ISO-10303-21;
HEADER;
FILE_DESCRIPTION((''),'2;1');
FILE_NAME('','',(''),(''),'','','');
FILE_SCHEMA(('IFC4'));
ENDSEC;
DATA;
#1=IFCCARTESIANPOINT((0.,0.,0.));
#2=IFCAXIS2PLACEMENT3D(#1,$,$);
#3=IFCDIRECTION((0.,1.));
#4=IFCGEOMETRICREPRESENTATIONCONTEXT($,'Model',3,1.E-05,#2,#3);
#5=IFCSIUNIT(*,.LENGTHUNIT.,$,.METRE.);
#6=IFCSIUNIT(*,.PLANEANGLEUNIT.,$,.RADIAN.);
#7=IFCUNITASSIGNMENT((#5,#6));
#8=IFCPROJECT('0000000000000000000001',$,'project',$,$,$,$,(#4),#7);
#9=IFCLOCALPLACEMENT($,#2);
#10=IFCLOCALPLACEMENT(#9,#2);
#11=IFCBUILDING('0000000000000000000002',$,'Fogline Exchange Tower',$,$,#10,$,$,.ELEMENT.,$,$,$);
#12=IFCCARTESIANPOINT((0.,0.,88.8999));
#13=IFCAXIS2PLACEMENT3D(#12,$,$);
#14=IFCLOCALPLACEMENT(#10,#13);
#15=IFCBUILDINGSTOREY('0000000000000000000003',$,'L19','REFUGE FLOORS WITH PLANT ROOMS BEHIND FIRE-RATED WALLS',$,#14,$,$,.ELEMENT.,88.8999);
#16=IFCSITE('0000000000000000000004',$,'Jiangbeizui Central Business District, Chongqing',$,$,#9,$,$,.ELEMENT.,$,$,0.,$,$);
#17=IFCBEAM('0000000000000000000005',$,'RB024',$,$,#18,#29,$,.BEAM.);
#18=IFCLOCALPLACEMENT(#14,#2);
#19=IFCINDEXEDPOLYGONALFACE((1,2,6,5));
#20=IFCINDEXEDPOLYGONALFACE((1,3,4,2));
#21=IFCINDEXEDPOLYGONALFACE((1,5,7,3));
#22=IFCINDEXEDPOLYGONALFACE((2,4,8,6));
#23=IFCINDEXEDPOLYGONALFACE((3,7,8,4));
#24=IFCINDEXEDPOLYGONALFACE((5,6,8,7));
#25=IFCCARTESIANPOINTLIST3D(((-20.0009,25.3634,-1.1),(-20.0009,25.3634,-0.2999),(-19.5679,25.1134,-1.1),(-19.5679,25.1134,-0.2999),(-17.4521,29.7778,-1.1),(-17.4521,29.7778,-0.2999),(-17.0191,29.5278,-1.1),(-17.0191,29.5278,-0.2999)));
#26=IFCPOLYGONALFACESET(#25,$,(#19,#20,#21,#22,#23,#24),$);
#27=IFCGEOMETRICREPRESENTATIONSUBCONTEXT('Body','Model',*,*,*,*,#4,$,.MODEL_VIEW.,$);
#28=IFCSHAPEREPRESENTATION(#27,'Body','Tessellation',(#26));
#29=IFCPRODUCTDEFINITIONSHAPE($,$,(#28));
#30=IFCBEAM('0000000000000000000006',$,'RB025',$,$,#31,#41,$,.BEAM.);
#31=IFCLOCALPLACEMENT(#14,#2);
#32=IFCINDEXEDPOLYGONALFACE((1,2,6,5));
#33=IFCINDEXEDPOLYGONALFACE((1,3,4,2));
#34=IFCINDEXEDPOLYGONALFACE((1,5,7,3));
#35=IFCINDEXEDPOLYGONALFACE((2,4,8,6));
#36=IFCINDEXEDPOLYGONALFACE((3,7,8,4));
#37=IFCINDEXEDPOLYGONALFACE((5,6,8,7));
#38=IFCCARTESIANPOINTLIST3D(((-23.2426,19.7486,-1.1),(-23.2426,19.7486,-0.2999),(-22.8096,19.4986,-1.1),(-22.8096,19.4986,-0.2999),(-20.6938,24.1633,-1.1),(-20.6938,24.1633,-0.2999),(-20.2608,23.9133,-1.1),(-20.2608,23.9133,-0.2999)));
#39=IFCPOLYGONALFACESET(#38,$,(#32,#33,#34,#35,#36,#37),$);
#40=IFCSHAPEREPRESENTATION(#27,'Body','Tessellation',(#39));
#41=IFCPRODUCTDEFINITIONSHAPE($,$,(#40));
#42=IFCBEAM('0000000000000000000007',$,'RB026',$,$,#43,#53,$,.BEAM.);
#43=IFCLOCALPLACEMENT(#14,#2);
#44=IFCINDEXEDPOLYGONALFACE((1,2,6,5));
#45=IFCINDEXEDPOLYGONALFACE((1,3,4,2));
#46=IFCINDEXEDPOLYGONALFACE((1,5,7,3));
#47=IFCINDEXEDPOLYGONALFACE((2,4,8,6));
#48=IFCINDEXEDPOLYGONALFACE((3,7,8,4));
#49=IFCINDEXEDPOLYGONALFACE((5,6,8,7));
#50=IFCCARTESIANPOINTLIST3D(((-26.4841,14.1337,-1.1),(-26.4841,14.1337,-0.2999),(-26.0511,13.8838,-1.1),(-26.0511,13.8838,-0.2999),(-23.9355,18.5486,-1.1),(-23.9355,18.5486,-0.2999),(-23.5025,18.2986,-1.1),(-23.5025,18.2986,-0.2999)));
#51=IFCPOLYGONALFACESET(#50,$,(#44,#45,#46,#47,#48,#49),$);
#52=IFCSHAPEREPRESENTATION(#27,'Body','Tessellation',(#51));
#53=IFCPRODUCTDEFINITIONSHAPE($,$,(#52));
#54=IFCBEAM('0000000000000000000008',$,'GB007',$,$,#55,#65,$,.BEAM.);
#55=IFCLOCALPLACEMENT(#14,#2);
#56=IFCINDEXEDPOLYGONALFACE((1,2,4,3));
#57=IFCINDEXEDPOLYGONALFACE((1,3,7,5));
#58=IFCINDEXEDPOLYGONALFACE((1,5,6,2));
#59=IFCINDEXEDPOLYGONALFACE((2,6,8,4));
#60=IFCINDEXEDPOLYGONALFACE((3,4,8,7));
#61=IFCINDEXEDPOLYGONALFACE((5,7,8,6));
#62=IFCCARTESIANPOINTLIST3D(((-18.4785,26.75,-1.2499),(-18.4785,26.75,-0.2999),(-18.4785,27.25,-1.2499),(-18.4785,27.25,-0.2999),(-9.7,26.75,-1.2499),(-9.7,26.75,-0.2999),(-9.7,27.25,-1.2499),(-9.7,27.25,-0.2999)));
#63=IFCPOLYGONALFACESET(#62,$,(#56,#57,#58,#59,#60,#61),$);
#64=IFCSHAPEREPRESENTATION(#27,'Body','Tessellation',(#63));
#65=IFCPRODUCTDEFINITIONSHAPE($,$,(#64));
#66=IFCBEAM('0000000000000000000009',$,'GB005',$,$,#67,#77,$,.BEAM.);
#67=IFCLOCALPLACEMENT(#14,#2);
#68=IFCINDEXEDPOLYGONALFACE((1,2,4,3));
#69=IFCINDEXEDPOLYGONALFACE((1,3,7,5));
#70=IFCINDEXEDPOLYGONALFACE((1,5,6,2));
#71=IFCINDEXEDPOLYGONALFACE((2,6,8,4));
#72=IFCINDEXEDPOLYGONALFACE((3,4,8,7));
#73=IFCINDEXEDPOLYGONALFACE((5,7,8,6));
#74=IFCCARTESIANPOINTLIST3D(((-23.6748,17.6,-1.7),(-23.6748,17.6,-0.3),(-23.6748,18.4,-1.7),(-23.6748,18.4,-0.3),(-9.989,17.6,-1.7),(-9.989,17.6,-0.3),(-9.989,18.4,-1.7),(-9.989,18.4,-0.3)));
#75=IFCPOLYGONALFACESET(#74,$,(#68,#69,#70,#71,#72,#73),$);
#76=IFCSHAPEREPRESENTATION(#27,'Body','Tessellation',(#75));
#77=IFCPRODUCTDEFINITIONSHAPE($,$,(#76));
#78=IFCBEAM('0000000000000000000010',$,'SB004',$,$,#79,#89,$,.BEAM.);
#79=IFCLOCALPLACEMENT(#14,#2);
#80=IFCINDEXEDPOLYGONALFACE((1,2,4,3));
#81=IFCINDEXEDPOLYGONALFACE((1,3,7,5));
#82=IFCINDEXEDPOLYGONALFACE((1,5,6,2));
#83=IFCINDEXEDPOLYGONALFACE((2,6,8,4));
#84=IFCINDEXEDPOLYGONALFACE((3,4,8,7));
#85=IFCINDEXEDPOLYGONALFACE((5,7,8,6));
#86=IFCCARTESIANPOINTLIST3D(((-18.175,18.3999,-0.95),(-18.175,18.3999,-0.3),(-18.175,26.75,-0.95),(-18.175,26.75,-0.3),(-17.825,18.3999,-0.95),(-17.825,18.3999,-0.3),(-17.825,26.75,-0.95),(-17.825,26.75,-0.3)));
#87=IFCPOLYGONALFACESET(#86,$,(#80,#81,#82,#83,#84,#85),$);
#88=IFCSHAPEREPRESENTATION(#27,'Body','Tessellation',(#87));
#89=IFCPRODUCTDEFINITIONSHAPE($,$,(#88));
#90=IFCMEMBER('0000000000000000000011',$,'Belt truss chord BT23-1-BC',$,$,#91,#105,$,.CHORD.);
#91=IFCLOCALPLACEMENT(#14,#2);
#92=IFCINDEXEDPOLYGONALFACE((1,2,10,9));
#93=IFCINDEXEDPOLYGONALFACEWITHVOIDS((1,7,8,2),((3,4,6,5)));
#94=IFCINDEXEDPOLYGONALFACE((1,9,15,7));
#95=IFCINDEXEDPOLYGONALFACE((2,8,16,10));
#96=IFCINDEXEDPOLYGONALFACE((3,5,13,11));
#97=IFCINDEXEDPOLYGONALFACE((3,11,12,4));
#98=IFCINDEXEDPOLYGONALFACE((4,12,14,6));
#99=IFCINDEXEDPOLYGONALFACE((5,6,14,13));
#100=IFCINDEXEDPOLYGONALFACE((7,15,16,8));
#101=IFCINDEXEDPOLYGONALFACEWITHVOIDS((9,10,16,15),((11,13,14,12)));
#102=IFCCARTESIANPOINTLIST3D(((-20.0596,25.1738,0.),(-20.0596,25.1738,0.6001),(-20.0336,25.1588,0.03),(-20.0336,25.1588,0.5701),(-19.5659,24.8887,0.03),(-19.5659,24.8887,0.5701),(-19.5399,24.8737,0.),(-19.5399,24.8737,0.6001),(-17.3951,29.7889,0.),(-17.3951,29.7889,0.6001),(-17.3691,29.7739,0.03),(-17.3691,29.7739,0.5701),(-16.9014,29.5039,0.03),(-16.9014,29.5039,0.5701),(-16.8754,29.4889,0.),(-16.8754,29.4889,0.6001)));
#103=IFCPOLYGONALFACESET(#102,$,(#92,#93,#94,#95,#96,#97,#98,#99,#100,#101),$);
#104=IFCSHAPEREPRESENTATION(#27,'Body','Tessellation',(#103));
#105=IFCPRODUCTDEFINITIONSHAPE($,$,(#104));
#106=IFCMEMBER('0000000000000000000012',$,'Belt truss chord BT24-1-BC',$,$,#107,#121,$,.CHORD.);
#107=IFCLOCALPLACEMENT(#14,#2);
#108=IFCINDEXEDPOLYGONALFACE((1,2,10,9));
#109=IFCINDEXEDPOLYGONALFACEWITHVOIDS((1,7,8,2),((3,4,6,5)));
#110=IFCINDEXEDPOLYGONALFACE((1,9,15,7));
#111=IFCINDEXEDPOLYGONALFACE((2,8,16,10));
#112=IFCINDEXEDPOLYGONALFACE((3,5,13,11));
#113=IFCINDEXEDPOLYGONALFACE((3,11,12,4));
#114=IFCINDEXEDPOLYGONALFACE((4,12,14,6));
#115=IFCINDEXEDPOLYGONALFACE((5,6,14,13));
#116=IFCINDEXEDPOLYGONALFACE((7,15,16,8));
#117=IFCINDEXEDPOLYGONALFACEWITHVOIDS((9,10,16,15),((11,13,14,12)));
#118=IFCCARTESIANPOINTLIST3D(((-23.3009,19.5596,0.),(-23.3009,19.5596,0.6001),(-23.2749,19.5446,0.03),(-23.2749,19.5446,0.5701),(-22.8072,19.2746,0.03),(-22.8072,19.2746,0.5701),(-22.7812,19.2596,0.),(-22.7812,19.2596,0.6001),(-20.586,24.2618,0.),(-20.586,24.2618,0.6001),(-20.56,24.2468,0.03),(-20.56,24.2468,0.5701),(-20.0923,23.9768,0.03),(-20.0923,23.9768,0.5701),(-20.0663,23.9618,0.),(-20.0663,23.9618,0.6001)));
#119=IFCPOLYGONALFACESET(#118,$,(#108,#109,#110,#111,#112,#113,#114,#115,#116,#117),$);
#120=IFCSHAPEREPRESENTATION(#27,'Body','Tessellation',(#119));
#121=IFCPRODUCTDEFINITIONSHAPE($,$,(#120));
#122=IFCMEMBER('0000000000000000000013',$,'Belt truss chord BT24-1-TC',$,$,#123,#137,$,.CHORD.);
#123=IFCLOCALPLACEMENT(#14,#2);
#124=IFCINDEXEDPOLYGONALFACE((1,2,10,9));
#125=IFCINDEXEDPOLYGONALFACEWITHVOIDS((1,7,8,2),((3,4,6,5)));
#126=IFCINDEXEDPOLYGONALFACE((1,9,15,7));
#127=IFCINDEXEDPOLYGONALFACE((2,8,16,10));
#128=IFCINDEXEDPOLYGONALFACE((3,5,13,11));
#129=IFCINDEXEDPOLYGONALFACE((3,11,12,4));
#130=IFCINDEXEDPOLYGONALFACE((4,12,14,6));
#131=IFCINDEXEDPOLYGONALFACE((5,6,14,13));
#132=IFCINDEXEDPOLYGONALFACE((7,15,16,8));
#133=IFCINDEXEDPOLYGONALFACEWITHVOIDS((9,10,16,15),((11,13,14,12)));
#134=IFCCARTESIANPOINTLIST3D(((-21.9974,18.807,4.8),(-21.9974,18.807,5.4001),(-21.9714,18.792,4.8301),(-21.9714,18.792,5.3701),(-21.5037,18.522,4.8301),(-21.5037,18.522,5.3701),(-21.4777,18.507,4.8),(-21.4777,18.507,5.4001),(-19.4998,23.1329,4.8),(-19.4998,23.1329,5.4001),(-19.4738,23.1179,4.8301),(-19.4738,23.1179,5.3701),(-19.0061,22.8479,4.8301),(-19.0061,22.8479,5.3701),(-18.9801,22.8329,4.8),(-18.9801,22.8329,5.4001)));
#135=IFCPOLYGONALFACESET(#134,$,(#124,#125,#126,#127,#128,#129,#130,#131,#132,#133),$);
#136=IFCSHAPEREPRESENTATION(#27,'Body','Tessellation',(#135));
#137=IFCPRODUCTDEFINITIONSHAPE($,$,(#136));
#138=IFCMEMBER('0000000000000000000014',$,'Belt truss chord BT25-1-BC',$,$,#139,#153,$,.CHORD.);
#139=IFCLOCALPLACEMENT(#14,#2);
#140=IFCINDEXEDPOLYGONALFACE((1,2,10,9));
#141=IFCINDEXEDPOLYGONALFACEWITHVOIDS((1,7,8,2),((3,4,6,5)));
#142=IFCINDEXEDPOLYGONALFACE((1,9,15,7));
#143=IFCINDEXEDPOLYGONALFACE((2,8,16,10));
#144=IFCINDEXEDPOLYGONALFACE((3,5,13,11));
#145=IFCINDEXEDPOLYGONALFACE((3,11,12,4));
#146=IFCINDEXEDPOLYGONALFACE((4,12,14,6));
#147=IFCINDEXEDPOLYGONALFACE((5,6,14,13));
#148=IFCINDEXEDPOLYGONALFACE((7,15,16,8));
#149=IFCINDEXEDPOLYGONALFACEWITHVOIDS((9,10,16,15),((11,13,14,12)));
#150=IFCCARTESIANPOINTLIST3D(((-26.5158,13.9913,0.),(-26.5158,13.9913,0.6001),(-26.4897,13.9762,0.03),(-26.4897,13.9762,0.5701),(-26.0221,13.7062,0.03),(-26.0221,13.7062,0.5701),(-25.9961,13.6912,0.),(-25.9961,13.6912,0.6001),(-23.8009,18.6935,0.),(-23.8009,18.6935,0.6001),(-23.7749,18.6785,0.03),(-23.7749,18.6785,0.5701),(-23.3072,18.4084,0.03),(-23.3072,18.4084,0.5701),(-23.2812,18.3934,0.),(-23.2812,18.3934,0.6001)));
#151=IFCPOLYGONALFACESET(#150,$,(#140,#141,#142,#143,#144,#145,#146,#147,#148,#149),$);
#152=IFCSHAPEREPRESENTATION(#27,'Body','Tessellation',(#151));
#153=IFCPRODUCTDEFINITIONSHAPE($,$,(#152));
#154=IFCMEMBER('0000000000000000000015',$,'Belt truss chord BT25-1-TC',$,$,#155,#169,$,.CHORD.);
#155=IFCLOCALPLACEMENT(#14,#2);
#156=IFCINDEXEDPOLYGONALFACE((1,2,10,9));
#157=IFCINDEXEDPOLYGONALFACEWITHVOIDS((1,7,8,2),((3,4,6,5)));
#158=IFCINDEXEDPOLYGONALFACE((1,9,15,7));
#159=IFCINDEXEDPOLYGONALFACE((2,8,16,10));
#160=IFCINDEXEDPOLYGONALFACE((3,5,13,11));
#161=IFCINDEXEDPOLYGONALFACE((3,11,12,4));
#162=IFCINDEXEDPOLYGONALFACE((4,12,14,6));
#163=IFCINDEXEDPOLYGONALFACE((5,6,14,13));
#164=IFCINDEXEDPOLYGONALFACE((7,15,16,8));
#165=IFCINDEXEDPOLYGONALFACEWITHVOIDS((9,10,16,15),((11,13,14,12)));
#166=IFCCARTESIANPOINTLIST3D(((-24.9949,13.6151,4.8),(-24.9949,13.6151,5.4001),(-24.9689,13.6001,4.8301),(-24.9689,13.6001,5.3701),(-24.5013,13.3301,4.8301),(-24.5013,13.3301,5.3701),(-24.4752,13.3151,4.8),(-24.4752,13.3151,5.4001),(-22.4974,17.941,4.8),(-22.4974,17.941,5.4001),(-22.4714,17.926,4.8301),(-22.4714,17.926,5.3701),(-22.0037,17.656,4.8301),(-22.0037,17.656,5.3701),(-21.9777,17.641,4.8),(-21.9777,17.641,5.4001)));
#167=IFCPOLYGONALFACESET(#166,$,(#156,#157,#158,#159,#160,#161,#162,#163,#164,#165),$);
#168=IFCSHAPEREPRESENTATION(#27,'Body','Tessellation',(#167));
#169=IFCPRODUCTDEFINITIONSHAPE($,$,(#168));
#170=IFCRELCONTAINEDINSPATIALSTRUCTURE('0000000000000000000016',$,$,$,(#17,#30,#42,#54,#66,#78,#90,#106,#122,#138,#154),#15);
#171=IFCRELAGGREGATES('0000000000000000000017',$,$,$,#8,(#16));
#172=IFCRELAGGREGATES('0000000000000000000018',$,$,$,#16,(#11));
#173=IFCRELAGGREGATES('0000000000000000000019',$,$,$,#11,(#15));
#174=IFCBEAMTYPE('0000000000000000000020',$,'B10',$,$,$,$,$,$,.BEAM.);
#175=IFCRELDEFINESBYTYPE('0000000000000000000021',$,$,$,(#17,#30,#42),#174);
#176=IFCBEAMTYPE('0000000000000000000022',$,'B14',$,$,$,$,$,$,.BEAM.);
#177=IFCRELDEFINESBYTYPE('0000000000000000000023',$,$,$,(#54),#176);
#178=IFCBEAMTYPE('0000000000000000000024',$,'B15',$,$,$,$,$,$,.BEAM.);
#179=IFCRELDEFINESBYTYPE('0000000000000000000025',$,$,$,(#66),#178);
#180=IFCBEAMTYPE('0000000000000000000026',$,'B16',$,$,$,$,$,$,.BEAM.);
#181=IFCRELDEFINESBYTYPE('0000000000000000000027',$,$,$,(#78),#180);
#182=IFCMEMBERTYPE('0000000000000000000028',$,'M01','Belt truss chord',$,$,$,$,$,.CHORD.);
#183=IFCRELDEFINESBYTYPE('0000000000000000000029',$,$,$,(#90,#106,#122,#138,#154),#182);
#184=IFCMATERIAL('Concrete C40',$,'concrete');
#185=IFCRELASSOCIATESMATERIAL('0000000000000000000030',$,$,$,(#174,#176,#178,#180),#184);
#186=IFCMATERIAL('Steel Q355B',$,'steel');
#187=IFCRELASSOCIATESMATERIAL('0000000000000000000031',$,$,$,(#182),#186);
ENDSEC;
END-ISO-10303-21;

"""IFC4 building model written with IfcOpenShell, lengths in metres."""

from ifc_helpers import new_model, si_unit, direction, frame, origin, origin_2d, place, context, subcontext, project, spatial, rectangle, hollow_rectangle, extrude, material, material_profile, profile_set, type_object, element, save


model = new_model("IFC4")

# Units and contexts
model_context = context("Model", 3, precision=1e-05, world=origin(), true_north=direction((0.0, 1.0)))
body_context = subcontext(model_context, "Body", "Model", "MODEL_VIEW")
ifc_project = project(units=[si_unit("LENGTHUNIT", "METRE"), si_unit("PLANEANGLEUNIT", "RADIAN")], contexts=[model_context])

# Site, building, storey
site_placement = place(None, origin())
site = spatial("IfcSite", under=ifc_project, at=site_placement, Name="Jiangbeizui Central Business District, Chongqing", CompositionType="ELEMENT", RefElevation=0.0)
building_placement = place(site_placement, origin())
building = spatial("IfcBuilding", under=site, at=building_placement, Name="Fogline Exchange Tower", CompositionType="ELEMENT")
storey_placement = place(building_placement, frame((0.0, 0.0, 88.8999)))
storey = spatial("IfcBuildingStorey", under=building, at=storey_placement, Name="L19", Description="REFUGE FLOORS WITH PLANT ROOMS BEHIND FIRE-RATED WALLS", CompositionType="ELEMENT", Elevation=88.8999)

# Beams
ifc_material_1 = material(Name="Concrete C40", Category="concrete")
ifc_material_profile_1 = material_profile(ifc_material_1, rectangle(XDim=0.5, YDim=0.8, at=origin_2d()), Name="RC 500x800")
ifc_profile_set_1 = profile_set([ifc_material_profile_1], Name="Concrete C40")
beam_type_1 = type_object("IfcBeamType", Name="B10", PredefinedType="BEAM", material=ifc_profile_set_1)
beam_1_placement = place(storey_placement, frame((-17.2356, 29.6528, -0.7), z_axis=(-0.500013, -0.866018, 0.0), x_axis=(0.866018, -0.500013, 0.0)))
element("IfcBeam", 1, at=beam_1_placement, inside=storey, type_object=beam_type_1, Name="RB024", PredefinedType="BEAM", context=body_context, shape_type="SweptSolid", body=[
    extrude(rectangle(XDim=0.5, YDim=0.8, at=origin_2d()), origin(), (0.0, 0.0, 1.0), 5.0974),
])
for number, where, z_axis, x_axis, name in (
    (2, (-20.4773, 24.0383, -0.7), (-0.499992, -0.86603, 0.0), (0.86603, -0.499992, 0.0), "RB025"),
    (3, (-23.719, 18.4236, -0.7), (-0.499956, -0.866051, 0.0), (0.866051, -0.499956, 0.0), "RB026"),
):
    element("IfcBeam", number, at=place(storey_placement, frame(where, z_axis=z_axis, x_axis=x_axis)), inside=storey, type_object=beam_type_1, Name=name, PredefinedType="BEAM", context=body_context, shape_type="SweptSolid", body=[
        extrude(rectangle(XDim=0.5, YDim=0.8, at=origin_2d()), origin(), (0.0, 0.0, 1.0), 5.0977),
    ])
ifc_material_profile_2 = material_profile(ifc_material_1, rectangle(XDim=0.5, YDim=0.95, at=origin_2d()), Name="RC 500x950")
ifc_profile_set_2 = profile_set([ifc_material_profile_2], Name="Concrete C40")
beam_type_2 = type_object("IfcBeamType", Name="B14", PredefinedType="BEAM", material=ifc_profile_set_2)
beam_2_placement = place(storey_placement, frame((-18.4785, 27.0, -0.7749), z_axis=(1.0, 0.0, 0.0), x_axis=(0.0, 1.0, 0.0)))
element("IfcBeam", 4, at=beam_2_placement, inside=storey, type_object=beam_type_2, Name="GB007", PredefinedType="BEAM", context=body_context, shape_type="SweptSolid", body=[
    extrude(rectangle(XDim=0.5, YDim=0.95, at=origin_2d()), origin(), (0.0, 0.0, 1.0), 8.7786),
])
ifc_material_profile_3 = material_profile(ifc_material_1, rectangle(XDim=0.8, YDim=1.3999, at=origin_2d()), Name="RC 800x1400")
ifc_profile_set_3 = profile_set([ifc_material_profile_3], Name="Concrete C40")
beam_type_3 = type_object("IfcBeamType", Name="B15", PredefinedType="BEAM", material=ifc_profile_set_3)
beam_3_placement = place(storey_placement, frame((-23.6748, 18.0, -1.0), z_axis=(1.0, 0.0, 0.0), x_axis=(0.0, 1.0, 0.0)))
element("IfcBeam", 5, at=beam_3_placement, inside=storey, type_object=beam_type_3, Name="GB005", PredefinedType="BEAM", context=body_context, shape_type="SweptSolid", body=[
    extrude(rectangle(XDim=0.8, YDim=1.3999, at=origin_2d()), origin(), (0.0, 0.0, 1.0), 13.6858),
])
ifc_material_profile_4 = material_profile(ifc_material_1, rectangle(XDim=0.3501, YDim=0.6499, at=origin_2d()), Name="RC 350x650")
ifc_profile_set_4 = profile_set([ifc_material_profile_4], Name="Concrete C40")
beam_type_4 = type_object("IfcBeamType", Name="B16", PredefinedType="BEAM", material=ifc_profile_set_4)
beam_4_placement = place(storey_placement, frame((-18.0, 18.3999, -0.625), z_axis=(0.0, 1.0, 0.0), x_axis=(-1.0, 0.0, 0.0)))
element("IfcBeam", 6, at=beam_4_placement, inside=storey, type_object=beam_type_4, Name="SB004", PredefinedType="BEAM", context=body_context, shape_type="SweptSolid", body=[
    extrude(rectangle(XDim=0.3501, YDim=0.6499, at=origin_2d()), origin(), (0.0, 0.0, 1.0), 8.3501),
])

# Members
ifc_material_2 = material(Name="Steel Q355B", Category="steel")
ifc_material_profile_5 = material_profile(ifc_material_2, hollow_rectangle(XDim=0.6001, YDim=0.6001, WallThickness=0.03, at=origin_2d()), Name="BOX600X600X30")
ifc_profile_set_5 = profile_set([ifc_material_profile_5], Name="Steel Q355B")
member_type_1 = type_object("IfcMemberType", Name="M01", Description="Belt truss chord", PredefinedType="CHORD", material=ifc_profile_set_5)
member_1_placement = place(storey_placement, frame((-17.1353, 29.6389, 0.3), z_axis=(-0.499992, -0.86603, 0.0), x_axis=(0.86603, -0.499992, 0.0)))
element("IfcMember", 7, at=member_1_placement, inside=storey, type_object=member_type_1, Name="Belt truss chord BT23-1-BC", PredefinedType="CHORD", context=body_context, shape_type="SweptSolid", body=[
    extrude(hollow_rectangle(XDim=0.6001, YDim=0.6001, WallThickness=0.03, at=origin_2d()), origin(), (0.0, 0.0, 1.0), 5.3291),
])
member_2_placement = place(storey_placement, frame((-20.3262, 24.1118, 0.3), z_axis=(-0.500008, -0.866021, 0.0), x_axis=(0.866021, -0.500008, 0.0)))
element("IfcMember", 8, at=member_2_placement, inside=storey, type_object=member_type_1, Name="Belt truss chord BT24-1-BC", PredefinedType="CHORD", context=body_context, shape_type="SweptSolid", body=[
    extrude(hollow_rectangle(XDim=0.6001, YDim=0.6001, WallThickness=0.03, at=origin_2d()), origin(), (0.0, 0.0, 1.0), 5.4297),
])
member_3_placement = place(storey_placement, frame((-19.24, 22.9829, 5.1001), z_axis=(-0.499997, -0.866027, 0.0), x_axis=(0.866027, -0.499997, 0.0)))
element("IfcMember", 9, at=member_3_placement, inside=storey, type_object=member_type_1, Name="Belt truss chord BT24-1-TC", PredefinedType="CHORD", context=body_context, shape_type="SweptSolid", body=[
    extrude(hollow_rectangle(XDim=0.6001, YDim=0.6001, WallThickness=0.03, at=origin_2d()), origin(), (0.0, 0.0, 1.0), 4.9951),
])
member_4_placement = place(storey_placement, frame((-23.541, 18.5435, 0.3), z_axis=(-0.500008, -0.866021, 0.0), x_axis=(0.866021, -0.500008, 0.0)))
element("IfcMember", 10, at=member_4_placement, inside=storey, type_object=member_type_1, Name="Belt truss chord BT25-1-BC", PredefinedType="CHORD", context=body_context, shape_type="SweptSolid", body=[
    extrude(hollow_rectangle(XDim=0.6001, YDim=0.6001, WallThickness=0.03, at=origin_2d()), origin(), (0.0, 0.0, 1.0), 5.4297),
])
member_5_placement = place(storey_placement, frame((-22.2375, 17.791, 5.1001), z_axis=(-0.499997, -0.866027, 0.0), x_axis=(0.866027, -0.499997, 0.0)))
element("IfcMember", 11, at=member_5_placement, inside=storey, type_object=member_type_1, Name="Belt truss chord BT25-1-TC", PredefinedType="CHORD", context=body_context, shape_type="SweptSolid", body=[
    extrude(hollow_rectangle(XDim=0.6001, YDim=0.6001, WallThickness=0.03, at=origin_2d()), origin(), (0.0, 0.0, 1.0), 4.9951),
])

save(model, "model.ifc")
